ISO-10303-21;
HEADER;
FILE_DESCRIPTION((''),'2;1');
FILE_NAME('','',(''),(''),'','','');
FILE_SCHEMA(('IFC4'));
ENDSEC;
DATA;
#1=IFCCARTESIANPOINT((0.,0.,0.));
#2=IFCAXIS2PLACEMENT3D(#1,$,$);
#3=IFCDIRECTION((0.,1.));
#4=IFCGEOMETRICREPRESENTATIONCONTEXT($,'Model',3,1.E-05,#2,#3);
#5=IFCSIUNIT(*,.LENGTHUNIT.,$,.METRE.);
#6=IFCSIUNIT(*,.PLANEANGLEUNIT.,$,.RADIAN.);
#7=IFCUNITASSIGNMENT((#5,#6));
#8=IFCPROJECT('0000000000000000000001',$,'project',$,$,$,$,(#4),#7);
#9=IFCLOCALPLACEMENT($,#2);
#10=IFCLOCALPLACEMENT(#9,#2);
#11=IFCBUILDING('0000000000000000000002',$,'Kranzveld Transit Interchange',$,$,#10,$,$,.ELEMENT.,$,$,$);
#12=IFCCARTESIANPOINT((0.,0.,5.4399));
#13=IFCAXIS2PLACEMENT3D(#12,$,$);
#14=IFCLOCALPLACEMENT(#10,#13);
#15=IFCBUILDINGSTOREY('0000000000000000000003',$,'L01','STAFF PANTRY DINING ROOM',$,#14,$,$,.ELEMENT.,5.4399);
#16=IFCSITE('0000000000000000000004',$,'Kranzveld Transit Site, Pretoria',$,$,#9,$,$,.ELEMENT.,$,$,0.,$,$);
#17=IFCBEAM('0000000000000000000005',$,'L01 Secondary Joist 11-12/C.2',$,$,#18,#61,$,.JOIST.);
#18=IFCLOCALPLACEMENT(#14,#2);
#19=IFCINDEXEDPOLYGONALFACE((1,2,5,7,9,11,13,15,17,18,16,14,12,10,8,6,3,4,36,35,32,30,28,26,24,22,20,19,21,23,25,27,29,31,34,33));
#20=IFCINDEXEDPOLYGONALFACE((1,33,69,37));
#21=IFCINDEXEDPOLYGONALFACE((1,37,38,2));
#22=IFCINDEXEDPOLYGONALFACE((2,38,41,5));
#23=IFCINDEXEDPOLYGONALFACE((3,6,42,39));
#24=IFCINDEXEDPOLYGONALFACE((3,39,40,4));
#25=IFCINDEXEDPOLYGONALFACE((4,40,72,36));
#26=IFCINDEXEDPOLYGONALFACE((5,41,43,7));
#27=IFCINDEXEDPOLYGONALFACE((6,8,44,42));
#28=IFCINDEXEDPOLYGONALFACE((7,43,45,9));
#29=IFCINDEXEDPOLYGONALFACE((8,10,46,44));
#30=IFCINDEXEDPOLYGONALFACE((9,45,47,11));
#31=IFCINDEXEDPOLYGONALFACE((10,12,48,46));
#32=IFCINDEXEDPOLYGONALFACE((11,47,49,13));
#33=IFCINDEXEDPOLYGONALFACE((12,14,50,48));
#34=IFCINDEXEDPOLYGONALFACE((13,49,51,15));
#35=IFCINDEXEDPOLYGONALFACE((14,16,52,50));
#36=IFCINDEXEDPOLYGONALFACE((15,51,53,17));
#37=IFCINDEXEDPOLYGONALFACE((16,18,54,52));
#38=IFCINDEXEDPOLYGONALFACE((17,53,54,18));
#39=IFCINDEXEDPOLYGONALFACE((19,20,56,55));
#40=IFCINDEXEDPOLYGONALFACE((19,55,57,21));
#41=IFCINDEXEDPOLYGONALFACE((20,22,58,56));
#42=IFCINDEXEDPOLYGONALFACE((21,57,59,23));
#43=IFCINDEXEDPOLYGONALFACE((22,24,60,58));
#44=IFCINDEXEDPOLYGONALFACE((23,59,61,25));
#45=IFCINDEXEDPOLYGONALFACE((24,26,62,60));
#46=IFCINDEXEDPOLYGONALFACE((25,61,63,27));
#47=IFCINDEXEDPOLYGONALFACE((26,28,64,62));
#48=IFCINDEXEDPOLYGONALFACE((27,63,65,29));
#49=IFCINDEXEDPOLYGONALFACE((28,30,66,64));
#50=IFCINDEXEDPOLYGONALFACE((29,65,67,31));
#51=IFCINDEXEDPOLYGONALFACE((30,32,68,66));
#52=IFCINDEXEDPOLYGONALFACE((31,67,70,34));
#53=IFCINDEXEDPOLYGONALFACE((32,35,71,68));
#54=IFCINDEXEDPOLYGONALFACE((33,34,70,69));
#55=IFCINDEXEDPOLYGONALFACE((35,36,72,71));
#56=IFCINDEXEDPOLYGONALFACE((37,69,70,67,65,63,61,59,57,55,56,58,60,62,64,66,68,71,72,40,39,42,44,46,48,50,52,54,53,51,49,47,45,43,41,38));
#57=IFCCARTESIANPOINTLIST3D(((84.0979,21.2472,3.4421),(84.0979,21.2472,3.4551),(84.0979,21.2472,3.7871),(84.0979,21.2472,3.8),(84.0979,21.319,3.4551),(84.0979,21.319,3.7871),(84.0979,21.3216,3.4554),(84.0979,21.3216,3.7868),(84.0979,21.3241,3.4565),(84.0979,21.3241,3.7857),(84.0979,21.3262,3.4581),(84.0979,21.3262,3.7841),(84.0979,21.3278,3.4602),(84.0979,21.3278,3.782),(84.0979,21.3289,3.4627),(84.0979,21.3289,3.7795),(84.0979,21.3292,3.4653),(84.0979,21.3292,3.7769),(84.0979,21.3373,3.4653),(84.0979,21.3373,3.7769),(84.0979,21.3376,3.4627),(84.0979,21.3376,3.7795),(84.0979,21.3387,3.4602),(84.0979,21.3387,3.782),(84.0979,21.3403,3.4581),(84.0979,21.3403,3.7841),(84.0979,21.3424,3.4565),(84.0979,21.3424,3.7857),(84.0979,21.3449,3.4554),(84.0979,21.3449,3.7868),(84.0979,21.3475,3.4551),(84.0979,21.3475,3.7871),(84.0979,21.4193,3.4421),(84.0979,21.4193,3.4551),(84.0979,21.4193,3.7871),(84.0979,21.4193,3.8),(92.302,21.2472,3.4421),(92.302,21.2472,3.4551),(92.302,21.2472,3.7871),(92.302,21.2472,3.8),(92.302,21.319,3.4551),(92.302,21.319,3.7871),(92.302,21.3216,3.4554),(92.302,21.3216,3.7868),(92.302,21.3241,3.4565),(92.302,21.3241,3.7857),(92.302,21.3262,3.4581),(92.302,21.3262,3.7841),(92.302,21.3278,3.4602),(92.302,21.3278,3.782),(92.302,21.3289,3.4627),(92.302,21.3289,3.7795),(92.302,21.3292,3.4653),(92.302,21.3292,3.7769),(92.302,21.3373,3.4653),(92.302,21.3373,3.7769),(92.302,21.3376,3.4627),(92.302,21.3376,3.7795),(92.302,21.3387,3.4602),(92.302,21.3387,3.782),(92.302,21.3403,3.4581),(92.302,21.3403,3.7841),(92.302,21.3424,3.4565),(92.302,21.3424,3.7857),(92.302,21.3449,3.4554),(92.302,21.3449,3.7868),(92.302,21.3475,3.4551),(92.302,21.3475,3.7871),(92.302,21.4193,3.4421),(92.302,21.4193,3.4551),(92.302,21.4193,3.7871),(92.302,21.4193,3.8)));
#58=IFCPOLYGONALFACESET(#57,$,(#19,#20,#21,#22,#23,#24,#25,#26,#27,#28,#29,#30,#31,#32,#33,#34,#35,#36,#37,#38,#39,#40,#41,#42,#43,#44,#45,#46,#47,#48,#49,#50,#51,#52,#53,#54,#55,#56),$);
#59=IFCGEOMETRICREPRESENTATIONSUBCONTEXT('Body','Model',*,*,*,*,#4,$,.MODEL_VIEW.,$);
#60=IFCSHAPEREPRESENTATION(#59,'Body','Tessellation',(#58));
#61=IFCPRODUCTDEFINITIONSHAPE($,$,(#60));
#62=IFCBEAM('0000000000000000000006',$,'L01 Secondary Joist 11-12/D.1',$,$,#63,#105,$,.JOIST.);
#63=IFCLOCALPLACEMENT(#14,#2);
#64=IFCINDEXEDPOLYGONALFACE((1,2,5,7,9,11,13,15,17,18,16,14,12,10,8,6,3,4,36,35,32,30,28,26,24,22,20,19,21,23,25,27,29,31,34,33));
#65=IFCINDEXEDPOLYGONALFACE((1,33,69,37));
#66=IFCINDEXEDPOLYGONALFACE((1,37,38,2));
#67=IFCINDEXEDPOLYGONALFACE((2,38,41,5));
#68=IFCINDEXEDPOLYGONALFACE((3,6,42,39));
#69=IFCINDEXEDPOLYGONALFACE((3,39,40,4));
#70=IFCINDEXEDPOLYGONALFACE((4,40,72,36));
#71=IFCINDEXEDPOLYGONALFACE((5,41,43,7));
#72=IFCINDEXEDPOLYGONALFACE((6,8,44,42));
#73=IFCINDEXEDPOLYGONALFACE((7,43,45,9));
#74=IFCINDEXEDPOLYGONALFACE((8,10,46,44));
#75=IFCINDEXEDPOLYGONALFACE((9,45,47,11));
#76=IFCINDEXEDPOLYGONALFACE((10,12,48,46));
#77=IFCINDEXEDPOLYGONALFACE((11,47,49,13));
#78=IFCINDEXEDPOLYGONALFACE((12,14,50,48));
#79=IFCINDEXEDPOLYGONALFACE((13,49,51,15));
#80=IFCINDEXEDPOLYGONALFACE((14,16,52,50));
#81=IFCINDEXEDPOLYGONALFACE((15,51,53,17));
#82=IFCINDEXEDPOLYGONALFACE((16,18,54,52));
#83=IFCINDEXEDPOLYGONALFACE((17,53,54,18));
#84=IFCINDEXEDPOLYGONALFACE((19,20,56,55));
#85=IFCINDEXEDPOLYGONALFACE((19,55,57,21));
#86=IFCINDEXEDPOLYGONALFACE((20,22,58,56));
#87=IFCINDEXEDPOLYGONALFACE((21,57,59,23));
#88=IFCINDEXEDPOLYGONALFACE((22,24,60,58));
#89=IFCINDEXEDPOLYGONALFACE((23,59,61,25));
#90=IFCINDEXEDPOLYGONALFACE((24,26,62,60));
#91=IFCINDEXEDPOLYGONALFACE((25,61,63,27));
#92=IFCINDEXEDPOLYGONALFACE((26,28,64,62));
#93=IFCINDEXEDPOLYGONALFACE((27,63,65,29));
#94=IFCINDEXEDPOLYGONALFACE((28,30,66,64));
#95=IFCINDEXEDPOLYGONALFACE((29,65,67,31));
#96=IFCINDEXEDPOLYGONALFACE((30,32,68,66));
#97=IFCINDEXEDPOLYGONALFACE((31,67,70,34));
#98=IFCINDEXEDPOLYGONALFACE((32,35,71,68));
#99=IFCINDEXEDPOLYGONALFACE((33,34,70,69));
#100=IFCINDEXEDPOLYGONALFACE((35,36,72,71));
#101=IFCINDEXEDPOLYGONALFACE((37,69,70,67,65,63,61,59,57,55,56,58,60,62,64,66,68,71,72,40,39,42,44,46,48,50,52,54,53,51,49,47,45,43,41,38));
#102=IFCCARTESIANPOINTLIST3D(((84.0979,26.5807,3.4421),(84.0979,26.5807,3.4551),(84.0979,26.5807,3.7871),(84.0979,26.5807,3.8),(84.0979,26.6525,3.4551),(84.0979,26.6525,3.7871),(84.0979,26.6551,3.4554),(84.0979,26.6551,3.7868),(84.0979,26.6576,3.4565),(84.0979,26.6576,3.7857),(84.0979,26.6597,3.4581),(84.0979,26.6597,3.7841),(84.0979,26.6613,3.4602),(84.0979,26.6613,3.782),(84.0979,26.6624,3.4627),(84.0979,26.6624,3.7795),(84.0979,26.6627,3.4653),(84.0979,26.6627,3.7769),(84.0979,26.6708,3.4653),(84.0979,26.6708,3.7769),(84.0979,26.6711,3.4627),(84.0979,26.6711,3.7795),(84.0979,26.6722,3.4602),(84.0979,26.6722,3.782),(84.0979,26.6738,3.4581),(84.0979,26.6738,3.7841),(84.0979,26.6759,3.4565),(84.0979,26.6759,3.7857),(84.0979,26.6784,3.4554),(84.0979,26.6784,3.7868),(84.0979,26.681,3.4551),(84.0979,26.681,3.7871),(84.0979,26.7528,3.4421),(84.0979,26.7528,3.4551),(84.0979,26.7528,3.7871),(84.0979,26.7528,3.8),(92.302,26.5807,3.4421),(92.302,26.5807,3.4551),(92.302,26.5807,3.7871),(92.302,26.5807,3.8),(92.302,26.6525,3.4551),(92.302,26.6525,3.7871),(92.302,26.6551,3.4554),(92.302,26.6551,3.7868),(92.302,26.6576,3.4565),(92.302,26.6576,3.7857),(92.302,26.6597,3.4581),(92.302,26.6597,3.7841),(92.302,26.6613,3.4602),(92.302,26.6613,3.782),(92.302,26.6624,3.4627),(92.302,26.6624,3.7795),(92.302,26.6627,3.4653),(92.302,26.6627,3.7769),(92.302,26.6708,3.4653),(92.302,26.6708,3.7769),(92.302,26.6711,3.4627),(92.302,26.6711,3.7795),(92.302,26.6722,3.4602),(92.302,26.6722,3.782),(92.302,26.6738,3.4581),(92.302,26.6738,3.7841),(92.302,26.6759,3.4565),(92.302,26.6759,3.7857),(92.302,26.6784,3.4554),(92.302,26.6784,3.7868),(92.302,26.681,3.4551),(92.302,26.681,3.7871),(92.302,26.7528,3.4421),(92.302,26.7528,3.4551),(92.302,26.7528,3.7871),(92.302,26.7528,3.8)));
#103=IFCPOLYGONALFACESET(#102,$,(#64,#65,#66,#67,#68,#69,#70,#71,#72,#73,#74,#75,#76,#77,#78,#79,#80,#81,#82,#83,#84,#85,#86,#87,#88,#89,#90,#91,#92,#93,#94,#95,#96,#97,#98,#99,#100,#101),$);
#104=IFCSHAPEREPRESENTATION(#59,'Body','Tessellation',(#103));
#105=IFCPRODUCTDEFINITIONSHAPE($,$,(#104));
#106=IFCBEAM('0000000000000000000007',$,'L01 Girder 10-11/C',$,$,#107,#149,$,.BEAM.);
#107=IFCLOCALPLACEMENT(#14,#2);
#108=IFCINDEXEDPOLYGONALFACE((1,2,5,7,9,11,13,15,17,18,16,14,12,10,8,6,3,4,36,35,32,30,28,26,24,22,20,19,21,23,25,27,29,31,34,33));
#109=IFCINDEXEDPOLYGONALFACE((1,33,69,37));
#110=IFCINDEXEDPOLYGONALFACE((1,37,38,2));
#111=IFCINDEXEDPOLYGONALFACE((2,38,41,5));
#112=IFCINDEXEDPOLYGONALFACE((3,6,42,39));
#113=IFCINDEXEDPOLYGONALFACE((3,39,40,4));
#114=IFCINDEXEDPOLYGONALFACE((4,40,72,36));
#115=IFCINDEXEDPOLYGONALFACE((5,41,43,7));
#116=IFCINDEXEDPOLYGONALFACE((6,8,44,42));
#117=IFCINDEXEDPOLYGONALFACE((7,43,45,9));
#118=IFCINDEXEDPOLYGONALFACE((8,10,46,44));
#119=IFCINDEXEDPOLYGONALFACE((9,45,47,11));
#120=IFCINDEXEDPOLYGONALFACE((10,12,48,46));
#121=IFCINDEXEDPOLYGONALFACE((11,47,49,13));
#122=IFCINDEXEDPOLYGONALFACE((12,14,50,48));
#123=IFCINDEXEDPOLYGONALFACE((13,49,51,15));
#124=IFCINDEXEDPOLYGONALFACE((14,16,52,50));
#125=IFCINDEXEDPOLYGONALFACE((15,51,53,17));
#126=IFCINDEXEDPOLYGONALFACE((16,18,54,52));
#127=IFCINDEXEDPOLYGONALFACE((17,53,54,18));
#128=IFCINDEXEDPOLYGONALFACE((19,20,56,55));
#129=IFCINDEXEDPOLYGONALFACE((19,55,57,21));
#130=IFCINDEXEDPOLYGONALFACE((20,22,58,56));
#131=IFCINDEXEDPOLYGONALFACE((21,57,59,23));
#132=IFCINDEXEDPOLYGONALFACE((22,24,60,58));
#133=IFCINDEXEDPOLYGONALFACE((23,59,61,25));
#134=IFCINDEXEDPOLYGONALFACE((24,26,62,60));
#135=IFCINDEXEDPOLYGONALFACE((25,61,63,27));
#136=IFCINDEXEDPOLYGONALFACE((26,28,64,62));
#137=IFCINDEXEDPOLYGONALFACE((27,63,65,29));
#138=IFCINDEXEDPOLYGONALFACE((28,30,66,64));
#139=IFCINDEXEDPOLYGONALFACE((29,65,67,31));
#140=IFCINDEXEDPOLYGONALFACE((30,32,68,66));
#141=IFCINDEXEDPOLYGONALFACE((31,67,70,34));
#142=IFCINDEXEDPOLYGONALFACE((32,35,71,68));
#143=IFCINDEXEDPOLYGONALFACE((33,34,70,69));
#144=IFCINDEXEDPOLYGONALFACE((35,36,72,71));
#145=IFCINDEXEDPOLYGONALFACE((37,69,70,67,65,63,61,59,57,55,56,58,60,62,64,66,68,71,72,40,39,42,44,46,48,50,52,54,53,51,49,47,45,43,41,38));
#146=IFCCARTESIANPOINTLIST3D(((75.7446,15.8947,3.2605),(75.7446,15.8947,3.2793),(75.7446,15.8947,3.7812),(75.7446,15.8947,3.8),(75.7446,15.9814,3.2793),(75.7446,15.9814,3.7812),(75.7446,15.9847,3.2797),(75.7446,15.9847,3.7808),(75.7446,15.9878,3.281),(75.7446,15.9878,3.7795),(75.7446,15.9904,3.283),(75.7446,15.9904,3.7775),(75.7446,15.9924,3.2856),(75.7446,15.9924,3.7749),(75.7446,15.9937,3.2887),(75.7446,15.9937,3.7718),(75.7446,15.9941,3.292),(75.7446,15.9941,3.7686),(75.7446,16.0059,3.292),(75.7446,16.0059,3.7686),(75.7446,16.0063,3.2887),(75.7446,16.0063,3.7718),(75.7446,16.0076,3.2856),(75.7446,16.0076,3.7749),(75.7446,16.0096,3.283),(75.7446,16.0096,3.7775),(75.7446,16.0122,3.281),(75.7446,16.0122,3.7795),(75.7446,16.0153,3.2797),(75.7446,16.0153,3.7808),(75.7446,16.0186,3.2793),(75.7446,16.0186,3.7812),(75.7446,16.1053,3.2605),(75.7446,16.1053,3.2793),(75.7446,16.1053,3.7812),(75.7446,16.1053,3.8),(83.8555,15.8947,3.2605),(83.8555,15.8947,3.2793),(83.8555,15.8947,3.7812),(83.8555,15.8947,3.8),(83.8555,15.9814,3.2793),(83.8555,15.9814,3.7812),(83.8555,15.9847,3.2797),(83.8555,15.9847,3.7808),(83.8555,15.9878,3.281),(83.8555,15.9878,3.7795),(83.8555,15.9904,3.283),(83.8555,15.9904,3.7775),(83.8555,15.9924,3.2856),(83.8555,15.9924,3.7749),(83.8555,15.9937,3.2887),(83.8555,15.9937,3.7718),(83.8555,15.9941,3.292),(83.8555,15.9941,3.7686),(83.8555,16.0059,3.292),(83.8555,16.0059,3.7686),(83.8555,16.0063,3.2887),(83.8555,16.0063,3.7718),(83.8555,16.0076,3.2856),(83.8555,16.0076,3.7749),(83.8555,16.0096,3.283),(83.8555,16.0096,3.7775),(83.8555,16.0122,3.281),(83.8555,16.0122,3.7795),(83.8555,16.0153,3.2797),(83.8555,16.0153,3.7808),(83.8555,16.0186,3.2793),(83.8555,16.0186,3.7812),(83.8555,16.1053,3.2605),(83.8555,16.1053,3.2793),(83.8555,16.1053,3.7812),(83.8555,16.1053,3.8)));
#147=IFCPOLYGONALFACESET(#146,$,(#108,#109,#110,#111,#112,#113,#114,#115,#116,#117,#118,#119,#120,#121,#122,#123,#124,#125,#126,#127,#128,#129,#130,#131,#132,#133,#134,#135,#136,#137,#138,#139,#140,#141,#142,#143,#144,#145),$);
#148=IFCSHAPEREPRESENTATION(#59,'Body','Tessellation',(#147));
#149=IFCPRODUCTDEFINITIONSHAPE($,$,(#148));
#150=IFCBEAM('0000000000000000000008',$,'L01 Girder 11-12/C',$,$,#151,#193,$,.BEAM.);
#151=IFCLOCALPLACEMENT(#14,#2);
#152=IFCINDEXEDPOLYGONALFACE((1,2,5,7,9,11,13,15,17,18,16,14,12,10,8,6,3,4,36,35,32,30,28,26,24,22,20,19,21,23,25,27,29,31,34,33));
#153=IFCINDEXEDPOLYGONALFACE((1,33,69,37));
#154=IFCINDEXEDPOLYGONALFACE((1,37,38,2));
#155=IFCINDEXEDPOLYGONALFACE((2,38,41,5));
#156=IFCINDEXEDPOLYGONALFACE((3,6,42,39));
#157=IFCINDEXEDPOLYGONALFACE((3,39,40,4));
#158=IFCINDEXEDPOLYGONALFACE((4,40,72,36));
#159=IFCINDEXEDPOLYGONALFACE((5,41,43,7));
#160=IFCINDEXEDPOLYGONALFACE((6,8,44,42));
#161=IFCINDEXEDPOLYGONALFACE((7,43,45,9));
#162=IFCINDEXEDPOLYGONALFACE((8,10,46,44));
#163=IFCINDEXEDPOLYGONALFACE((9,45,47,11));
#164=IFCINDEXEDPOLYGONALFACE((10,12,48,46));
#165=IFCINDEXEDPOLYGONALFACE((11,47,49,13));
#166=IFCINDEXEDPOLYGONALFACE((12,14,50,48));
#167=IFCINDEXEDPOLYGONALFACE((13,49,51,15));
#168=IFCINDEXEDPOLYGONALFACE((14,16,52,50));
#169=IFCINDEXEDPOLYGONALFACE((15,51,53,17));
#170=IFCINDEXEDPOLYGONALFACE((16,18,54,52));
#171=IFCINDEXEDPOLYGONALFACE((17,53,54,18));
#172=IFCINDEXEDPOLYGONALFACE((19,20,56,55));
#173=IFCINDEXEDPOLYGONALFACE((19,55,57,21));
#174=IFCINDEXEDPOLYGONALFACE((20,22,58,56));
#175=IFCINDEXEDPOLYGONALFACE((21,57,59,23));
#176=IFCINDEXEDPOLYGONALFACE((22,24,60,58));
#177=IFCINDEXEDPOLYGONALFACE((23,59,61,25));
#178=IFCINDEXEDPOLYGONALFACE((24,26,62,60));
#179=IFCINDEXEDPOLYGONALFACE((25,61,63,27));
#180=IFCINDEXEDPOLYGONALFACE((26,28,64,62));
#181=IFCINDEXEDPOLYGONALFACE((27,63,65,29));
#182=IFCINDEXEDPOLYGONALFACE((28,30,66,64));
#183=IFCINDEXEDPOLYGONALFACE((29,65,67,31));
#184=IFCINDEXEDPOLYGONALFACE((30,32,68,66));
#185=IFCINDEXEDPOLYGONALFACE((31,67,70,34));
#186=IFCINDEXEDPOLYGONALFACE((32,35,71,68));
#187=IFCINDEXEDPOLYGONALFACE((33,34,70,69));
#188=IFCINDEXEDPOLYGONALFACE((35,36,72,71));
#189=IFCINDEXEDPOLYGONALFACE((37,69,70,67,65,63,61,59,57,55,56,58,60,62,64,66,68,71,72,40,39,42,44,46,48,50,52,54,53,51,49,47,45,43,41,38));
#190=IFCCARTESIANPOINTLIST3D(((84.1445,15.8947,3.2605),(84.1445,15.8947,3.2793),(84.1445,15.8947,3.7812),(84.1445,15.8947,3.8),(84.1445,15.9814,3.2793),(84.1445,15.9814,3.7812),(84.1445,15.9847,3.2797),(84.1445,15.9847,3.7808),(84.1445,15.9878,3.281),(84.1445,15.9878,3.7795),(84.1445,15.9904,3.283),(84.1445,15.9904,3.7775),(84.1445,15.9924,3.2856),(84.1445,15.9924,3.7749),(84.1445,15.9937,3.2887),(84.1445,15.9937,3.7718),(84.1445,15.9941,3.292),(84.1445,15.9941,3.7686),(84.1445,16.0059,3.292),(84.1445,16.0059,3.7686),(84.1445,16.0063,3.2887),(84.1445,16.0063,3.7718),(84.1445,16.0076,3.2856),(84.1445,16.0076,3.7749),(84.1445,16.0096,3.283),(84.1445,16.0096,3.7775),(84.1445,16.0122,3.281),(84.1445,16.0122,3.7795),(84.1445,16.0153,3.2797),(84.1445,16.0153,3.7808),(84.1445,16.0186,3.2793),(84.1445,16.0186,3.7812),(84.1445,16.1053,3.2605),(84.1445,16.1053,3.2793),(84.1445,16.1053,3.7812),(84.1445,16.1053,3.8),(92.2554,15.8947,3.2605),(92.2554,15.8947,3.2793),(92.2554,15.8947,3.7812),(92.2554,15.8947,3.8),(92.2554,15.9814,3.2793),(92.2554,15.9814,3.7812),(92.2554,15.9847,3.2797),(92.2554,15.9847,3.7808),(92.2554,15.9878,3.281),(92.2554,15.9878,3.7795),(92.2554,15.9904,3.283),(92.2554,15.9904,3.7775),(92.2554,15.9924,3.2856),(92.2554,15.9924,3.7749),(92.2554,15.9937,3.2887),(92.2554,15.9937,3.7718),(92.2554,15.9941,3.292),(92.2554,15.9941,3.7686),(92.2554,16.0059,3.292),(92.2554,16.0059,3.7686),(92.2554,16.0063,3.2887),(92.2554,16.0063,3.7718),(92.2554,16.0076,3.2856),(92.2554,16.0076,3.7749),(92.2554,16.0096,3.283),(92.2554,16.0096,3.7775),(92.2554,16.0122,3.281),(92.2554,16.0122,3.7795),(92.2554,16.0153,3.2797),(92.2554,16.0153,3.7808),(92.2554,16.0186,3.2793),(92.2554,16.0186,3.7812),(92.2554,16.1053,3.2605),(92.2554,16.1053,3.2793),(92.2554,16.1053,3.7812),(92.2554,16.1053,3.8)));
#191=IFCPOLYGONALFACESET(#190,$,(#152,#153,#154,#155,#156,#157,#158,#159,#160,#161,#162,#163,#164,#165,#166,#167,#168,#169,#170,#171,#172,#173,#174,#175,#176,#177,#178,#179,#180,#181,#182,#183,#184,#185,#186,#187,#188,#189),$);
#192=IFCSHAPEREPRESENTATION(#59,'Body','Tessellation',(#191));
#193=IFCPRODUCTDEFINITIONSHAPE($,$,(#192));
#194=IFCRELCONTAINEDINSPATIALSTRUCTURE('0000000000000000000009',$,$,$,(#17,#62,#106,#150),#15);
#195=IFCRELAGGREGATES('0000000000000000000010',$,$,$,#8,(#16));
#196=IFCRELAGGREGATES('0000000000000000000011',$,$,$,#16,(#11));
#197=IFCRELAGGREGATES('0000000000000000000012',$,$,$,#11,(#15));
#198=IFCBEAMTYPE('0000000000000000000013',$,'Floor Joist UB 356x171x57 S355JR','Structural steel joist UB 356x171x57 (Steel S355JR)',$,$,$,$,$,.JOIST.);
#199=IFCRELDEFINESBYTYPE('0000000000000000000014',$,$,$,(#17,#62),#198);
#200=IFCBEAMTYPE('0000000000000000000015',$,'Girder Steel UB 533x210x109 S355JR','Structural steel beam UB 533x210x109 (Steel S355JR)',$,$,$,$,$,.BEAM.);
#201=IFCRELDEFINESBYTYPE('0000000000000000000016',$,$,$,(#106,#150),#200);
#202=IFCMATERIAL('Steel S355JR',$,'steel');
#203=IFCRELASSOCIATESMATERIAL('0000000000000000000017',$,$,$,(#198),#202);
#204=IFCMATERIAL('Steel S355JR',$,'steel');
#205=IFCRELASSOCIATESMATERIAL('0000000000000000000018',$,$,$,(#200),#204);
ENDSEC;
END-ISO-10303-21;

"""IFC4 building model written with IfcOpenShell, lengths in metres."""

from ifc_helpers import new_model, si_unit, direction, frame, origin, origin_2d, place, context, subcontext, project, spatial, i_section, extrude, material, material_profile, profile_set, type_object, element, save


model = new_model("IFC4")

# Units and contexts
model_context = context("Model", 3, precision=1e-05, world=origin(), true_north=direction((0.0, 1.0)))
body_context = subcontext(model_context, "Body", "Model", "MODEL_VIEW")
ifc_project = project(units=[si_unit("LENGTHUNIT", "METRE"), si_unit("PLANEANGLEUNIT", "RADIAN")], contexts=[model_context])

# Site, building, storey
site_placement = place(None, origin())
site = spatial("IfcSite", under=ifc_project, at=site_placement, Name="Kranzveld Transit Site, Pretoria", CompositionType="ELEMENT", RefElevation=0.0)
building_placement = place(site_placement, origin())
building = spatial("IfcBuilding", under=site, at=building_placement, Name="Kranzveld Transit Interchange", CompositionType="ELEMENT")
storey_placement = place(building_placement, frame((0.0, 0.0, 5.4399)))
storey = spatial("IfcBuildingStorey", under=building, at=storey_placement, Name="L01", Description="STAFF PANTRY DINING ROOM", CompositionType="ELEMENT", Elevation=5.4399)

# Beams
ifc_material_1 = material(Name="Steel S355JR", Category="steel")
ifc_material_profile_1 = material_profile(ifc_material_1, i_section(OverallWidth=0.1721, OverallDepth=0.3579, WebThickness=0.0081, FlangeThickness=0.0129, FilletRadius=0.0103, at=origin_2d()), Name="UB 356x171x57")
ifc_profile_set_1 = profile_set([ifc_material_profile_1], Name="Steel S355JR")
beam_type_1 = type_object("IfcBeamType", Name="Floor Joist UB 356x171x57 S355JR", Description="Structural steel joist UB 356x171x57 (Steel S355JR)", PredefinedType="JOIST", material=ifc_profile_set_1)
for number, where, z_axis, x_axis, name in (
    (1, (84.0979, 21.3333, 3.6211), (1.0, 0.0, 0.0), (0.0, 1.0, 0.0), "L01 Secondary Joist 11-12/C.2"),
    (2, (84.0979, 26.6667, 3.6211), (1.0, 0.0, 0.0), (0.0, 1.0, 0.0), "L01 Secondary Joist 11-12/D.1"),
):
    element("IfcBeam", number, at=place(storey_placement, frame(where, z_axis=z_axis, x_axis=x_axis)), inside=storey, type_object=beam_type_1, Name=name, PredefinedType="JOIST", context=body_context, shape_type="SweptSolid", body=[
        extrude(i_section(OverallWidth=0.1721, OverallDepth=0.3579, WebThickness=0.0081, FlangeThickness=0.0129, FilletRadius=0.0103, at=origin_2d()), origin(), (0.0, 0.0, 1.0), 8.2041),
    ])
ifc_material_2 = material(Name="Steel S355JR", Category="steel")
ifc_material_profile_2 = material_profile(ifc_material_2, i_section(OverallWidth=0.2107, OverallDepth=0.5396, WebThickness=0.0117, FlangeThickness=0.0188, FilletRadius=0.0127, at=origin_2d()), Name="UB 533x210x109")
ifc_profile_set_2 = profile_set([ifc_material_profile_2], Name="Steel S355JR")
beam_type_2 = type_object("IfcBeamType", Name="Girder Steel UB 533x210x109 S355JR", Description="Structural steel beam UB 533x210x109 (Steel S355JR)", PredefinedType="BEAM", material=ifc_profile_set_2)
for number, where, z_axis, x_axis, name in (
    (3, (75.7446, 16.0, 3.5303), (1.0, 0.0, 0.0), (0.0, 1.0, 0.0), "L01 Girder 10-11/C"),
    (4, (84.1445, 16.0, 3.5303), (1.0, 0.0, 0.0), (0.0, 1.0, 0.0), "L01 Girder 11-12/C"),
):
    element("IfcBeam", number, at=place(storey_placement, frame(where, z_axis=z_axis, x_axis=x_axis)), inside=storey, type_object=beam_type_2, Name=name, PredefinedType="BEAM", context=body_context, shape_type="SweptSolid", body=[
        extrude(i_section(OverallWidth=0.2107, OverallDepth=0.5396, WebThickness=0.0117, FlangeThickness=0.0188, FilletRadius=0.0127, at=origin_2d()), origin(), (0.0, 0.0, 1.0), 8.1108),
    ])

save(model, "model.ifc")
